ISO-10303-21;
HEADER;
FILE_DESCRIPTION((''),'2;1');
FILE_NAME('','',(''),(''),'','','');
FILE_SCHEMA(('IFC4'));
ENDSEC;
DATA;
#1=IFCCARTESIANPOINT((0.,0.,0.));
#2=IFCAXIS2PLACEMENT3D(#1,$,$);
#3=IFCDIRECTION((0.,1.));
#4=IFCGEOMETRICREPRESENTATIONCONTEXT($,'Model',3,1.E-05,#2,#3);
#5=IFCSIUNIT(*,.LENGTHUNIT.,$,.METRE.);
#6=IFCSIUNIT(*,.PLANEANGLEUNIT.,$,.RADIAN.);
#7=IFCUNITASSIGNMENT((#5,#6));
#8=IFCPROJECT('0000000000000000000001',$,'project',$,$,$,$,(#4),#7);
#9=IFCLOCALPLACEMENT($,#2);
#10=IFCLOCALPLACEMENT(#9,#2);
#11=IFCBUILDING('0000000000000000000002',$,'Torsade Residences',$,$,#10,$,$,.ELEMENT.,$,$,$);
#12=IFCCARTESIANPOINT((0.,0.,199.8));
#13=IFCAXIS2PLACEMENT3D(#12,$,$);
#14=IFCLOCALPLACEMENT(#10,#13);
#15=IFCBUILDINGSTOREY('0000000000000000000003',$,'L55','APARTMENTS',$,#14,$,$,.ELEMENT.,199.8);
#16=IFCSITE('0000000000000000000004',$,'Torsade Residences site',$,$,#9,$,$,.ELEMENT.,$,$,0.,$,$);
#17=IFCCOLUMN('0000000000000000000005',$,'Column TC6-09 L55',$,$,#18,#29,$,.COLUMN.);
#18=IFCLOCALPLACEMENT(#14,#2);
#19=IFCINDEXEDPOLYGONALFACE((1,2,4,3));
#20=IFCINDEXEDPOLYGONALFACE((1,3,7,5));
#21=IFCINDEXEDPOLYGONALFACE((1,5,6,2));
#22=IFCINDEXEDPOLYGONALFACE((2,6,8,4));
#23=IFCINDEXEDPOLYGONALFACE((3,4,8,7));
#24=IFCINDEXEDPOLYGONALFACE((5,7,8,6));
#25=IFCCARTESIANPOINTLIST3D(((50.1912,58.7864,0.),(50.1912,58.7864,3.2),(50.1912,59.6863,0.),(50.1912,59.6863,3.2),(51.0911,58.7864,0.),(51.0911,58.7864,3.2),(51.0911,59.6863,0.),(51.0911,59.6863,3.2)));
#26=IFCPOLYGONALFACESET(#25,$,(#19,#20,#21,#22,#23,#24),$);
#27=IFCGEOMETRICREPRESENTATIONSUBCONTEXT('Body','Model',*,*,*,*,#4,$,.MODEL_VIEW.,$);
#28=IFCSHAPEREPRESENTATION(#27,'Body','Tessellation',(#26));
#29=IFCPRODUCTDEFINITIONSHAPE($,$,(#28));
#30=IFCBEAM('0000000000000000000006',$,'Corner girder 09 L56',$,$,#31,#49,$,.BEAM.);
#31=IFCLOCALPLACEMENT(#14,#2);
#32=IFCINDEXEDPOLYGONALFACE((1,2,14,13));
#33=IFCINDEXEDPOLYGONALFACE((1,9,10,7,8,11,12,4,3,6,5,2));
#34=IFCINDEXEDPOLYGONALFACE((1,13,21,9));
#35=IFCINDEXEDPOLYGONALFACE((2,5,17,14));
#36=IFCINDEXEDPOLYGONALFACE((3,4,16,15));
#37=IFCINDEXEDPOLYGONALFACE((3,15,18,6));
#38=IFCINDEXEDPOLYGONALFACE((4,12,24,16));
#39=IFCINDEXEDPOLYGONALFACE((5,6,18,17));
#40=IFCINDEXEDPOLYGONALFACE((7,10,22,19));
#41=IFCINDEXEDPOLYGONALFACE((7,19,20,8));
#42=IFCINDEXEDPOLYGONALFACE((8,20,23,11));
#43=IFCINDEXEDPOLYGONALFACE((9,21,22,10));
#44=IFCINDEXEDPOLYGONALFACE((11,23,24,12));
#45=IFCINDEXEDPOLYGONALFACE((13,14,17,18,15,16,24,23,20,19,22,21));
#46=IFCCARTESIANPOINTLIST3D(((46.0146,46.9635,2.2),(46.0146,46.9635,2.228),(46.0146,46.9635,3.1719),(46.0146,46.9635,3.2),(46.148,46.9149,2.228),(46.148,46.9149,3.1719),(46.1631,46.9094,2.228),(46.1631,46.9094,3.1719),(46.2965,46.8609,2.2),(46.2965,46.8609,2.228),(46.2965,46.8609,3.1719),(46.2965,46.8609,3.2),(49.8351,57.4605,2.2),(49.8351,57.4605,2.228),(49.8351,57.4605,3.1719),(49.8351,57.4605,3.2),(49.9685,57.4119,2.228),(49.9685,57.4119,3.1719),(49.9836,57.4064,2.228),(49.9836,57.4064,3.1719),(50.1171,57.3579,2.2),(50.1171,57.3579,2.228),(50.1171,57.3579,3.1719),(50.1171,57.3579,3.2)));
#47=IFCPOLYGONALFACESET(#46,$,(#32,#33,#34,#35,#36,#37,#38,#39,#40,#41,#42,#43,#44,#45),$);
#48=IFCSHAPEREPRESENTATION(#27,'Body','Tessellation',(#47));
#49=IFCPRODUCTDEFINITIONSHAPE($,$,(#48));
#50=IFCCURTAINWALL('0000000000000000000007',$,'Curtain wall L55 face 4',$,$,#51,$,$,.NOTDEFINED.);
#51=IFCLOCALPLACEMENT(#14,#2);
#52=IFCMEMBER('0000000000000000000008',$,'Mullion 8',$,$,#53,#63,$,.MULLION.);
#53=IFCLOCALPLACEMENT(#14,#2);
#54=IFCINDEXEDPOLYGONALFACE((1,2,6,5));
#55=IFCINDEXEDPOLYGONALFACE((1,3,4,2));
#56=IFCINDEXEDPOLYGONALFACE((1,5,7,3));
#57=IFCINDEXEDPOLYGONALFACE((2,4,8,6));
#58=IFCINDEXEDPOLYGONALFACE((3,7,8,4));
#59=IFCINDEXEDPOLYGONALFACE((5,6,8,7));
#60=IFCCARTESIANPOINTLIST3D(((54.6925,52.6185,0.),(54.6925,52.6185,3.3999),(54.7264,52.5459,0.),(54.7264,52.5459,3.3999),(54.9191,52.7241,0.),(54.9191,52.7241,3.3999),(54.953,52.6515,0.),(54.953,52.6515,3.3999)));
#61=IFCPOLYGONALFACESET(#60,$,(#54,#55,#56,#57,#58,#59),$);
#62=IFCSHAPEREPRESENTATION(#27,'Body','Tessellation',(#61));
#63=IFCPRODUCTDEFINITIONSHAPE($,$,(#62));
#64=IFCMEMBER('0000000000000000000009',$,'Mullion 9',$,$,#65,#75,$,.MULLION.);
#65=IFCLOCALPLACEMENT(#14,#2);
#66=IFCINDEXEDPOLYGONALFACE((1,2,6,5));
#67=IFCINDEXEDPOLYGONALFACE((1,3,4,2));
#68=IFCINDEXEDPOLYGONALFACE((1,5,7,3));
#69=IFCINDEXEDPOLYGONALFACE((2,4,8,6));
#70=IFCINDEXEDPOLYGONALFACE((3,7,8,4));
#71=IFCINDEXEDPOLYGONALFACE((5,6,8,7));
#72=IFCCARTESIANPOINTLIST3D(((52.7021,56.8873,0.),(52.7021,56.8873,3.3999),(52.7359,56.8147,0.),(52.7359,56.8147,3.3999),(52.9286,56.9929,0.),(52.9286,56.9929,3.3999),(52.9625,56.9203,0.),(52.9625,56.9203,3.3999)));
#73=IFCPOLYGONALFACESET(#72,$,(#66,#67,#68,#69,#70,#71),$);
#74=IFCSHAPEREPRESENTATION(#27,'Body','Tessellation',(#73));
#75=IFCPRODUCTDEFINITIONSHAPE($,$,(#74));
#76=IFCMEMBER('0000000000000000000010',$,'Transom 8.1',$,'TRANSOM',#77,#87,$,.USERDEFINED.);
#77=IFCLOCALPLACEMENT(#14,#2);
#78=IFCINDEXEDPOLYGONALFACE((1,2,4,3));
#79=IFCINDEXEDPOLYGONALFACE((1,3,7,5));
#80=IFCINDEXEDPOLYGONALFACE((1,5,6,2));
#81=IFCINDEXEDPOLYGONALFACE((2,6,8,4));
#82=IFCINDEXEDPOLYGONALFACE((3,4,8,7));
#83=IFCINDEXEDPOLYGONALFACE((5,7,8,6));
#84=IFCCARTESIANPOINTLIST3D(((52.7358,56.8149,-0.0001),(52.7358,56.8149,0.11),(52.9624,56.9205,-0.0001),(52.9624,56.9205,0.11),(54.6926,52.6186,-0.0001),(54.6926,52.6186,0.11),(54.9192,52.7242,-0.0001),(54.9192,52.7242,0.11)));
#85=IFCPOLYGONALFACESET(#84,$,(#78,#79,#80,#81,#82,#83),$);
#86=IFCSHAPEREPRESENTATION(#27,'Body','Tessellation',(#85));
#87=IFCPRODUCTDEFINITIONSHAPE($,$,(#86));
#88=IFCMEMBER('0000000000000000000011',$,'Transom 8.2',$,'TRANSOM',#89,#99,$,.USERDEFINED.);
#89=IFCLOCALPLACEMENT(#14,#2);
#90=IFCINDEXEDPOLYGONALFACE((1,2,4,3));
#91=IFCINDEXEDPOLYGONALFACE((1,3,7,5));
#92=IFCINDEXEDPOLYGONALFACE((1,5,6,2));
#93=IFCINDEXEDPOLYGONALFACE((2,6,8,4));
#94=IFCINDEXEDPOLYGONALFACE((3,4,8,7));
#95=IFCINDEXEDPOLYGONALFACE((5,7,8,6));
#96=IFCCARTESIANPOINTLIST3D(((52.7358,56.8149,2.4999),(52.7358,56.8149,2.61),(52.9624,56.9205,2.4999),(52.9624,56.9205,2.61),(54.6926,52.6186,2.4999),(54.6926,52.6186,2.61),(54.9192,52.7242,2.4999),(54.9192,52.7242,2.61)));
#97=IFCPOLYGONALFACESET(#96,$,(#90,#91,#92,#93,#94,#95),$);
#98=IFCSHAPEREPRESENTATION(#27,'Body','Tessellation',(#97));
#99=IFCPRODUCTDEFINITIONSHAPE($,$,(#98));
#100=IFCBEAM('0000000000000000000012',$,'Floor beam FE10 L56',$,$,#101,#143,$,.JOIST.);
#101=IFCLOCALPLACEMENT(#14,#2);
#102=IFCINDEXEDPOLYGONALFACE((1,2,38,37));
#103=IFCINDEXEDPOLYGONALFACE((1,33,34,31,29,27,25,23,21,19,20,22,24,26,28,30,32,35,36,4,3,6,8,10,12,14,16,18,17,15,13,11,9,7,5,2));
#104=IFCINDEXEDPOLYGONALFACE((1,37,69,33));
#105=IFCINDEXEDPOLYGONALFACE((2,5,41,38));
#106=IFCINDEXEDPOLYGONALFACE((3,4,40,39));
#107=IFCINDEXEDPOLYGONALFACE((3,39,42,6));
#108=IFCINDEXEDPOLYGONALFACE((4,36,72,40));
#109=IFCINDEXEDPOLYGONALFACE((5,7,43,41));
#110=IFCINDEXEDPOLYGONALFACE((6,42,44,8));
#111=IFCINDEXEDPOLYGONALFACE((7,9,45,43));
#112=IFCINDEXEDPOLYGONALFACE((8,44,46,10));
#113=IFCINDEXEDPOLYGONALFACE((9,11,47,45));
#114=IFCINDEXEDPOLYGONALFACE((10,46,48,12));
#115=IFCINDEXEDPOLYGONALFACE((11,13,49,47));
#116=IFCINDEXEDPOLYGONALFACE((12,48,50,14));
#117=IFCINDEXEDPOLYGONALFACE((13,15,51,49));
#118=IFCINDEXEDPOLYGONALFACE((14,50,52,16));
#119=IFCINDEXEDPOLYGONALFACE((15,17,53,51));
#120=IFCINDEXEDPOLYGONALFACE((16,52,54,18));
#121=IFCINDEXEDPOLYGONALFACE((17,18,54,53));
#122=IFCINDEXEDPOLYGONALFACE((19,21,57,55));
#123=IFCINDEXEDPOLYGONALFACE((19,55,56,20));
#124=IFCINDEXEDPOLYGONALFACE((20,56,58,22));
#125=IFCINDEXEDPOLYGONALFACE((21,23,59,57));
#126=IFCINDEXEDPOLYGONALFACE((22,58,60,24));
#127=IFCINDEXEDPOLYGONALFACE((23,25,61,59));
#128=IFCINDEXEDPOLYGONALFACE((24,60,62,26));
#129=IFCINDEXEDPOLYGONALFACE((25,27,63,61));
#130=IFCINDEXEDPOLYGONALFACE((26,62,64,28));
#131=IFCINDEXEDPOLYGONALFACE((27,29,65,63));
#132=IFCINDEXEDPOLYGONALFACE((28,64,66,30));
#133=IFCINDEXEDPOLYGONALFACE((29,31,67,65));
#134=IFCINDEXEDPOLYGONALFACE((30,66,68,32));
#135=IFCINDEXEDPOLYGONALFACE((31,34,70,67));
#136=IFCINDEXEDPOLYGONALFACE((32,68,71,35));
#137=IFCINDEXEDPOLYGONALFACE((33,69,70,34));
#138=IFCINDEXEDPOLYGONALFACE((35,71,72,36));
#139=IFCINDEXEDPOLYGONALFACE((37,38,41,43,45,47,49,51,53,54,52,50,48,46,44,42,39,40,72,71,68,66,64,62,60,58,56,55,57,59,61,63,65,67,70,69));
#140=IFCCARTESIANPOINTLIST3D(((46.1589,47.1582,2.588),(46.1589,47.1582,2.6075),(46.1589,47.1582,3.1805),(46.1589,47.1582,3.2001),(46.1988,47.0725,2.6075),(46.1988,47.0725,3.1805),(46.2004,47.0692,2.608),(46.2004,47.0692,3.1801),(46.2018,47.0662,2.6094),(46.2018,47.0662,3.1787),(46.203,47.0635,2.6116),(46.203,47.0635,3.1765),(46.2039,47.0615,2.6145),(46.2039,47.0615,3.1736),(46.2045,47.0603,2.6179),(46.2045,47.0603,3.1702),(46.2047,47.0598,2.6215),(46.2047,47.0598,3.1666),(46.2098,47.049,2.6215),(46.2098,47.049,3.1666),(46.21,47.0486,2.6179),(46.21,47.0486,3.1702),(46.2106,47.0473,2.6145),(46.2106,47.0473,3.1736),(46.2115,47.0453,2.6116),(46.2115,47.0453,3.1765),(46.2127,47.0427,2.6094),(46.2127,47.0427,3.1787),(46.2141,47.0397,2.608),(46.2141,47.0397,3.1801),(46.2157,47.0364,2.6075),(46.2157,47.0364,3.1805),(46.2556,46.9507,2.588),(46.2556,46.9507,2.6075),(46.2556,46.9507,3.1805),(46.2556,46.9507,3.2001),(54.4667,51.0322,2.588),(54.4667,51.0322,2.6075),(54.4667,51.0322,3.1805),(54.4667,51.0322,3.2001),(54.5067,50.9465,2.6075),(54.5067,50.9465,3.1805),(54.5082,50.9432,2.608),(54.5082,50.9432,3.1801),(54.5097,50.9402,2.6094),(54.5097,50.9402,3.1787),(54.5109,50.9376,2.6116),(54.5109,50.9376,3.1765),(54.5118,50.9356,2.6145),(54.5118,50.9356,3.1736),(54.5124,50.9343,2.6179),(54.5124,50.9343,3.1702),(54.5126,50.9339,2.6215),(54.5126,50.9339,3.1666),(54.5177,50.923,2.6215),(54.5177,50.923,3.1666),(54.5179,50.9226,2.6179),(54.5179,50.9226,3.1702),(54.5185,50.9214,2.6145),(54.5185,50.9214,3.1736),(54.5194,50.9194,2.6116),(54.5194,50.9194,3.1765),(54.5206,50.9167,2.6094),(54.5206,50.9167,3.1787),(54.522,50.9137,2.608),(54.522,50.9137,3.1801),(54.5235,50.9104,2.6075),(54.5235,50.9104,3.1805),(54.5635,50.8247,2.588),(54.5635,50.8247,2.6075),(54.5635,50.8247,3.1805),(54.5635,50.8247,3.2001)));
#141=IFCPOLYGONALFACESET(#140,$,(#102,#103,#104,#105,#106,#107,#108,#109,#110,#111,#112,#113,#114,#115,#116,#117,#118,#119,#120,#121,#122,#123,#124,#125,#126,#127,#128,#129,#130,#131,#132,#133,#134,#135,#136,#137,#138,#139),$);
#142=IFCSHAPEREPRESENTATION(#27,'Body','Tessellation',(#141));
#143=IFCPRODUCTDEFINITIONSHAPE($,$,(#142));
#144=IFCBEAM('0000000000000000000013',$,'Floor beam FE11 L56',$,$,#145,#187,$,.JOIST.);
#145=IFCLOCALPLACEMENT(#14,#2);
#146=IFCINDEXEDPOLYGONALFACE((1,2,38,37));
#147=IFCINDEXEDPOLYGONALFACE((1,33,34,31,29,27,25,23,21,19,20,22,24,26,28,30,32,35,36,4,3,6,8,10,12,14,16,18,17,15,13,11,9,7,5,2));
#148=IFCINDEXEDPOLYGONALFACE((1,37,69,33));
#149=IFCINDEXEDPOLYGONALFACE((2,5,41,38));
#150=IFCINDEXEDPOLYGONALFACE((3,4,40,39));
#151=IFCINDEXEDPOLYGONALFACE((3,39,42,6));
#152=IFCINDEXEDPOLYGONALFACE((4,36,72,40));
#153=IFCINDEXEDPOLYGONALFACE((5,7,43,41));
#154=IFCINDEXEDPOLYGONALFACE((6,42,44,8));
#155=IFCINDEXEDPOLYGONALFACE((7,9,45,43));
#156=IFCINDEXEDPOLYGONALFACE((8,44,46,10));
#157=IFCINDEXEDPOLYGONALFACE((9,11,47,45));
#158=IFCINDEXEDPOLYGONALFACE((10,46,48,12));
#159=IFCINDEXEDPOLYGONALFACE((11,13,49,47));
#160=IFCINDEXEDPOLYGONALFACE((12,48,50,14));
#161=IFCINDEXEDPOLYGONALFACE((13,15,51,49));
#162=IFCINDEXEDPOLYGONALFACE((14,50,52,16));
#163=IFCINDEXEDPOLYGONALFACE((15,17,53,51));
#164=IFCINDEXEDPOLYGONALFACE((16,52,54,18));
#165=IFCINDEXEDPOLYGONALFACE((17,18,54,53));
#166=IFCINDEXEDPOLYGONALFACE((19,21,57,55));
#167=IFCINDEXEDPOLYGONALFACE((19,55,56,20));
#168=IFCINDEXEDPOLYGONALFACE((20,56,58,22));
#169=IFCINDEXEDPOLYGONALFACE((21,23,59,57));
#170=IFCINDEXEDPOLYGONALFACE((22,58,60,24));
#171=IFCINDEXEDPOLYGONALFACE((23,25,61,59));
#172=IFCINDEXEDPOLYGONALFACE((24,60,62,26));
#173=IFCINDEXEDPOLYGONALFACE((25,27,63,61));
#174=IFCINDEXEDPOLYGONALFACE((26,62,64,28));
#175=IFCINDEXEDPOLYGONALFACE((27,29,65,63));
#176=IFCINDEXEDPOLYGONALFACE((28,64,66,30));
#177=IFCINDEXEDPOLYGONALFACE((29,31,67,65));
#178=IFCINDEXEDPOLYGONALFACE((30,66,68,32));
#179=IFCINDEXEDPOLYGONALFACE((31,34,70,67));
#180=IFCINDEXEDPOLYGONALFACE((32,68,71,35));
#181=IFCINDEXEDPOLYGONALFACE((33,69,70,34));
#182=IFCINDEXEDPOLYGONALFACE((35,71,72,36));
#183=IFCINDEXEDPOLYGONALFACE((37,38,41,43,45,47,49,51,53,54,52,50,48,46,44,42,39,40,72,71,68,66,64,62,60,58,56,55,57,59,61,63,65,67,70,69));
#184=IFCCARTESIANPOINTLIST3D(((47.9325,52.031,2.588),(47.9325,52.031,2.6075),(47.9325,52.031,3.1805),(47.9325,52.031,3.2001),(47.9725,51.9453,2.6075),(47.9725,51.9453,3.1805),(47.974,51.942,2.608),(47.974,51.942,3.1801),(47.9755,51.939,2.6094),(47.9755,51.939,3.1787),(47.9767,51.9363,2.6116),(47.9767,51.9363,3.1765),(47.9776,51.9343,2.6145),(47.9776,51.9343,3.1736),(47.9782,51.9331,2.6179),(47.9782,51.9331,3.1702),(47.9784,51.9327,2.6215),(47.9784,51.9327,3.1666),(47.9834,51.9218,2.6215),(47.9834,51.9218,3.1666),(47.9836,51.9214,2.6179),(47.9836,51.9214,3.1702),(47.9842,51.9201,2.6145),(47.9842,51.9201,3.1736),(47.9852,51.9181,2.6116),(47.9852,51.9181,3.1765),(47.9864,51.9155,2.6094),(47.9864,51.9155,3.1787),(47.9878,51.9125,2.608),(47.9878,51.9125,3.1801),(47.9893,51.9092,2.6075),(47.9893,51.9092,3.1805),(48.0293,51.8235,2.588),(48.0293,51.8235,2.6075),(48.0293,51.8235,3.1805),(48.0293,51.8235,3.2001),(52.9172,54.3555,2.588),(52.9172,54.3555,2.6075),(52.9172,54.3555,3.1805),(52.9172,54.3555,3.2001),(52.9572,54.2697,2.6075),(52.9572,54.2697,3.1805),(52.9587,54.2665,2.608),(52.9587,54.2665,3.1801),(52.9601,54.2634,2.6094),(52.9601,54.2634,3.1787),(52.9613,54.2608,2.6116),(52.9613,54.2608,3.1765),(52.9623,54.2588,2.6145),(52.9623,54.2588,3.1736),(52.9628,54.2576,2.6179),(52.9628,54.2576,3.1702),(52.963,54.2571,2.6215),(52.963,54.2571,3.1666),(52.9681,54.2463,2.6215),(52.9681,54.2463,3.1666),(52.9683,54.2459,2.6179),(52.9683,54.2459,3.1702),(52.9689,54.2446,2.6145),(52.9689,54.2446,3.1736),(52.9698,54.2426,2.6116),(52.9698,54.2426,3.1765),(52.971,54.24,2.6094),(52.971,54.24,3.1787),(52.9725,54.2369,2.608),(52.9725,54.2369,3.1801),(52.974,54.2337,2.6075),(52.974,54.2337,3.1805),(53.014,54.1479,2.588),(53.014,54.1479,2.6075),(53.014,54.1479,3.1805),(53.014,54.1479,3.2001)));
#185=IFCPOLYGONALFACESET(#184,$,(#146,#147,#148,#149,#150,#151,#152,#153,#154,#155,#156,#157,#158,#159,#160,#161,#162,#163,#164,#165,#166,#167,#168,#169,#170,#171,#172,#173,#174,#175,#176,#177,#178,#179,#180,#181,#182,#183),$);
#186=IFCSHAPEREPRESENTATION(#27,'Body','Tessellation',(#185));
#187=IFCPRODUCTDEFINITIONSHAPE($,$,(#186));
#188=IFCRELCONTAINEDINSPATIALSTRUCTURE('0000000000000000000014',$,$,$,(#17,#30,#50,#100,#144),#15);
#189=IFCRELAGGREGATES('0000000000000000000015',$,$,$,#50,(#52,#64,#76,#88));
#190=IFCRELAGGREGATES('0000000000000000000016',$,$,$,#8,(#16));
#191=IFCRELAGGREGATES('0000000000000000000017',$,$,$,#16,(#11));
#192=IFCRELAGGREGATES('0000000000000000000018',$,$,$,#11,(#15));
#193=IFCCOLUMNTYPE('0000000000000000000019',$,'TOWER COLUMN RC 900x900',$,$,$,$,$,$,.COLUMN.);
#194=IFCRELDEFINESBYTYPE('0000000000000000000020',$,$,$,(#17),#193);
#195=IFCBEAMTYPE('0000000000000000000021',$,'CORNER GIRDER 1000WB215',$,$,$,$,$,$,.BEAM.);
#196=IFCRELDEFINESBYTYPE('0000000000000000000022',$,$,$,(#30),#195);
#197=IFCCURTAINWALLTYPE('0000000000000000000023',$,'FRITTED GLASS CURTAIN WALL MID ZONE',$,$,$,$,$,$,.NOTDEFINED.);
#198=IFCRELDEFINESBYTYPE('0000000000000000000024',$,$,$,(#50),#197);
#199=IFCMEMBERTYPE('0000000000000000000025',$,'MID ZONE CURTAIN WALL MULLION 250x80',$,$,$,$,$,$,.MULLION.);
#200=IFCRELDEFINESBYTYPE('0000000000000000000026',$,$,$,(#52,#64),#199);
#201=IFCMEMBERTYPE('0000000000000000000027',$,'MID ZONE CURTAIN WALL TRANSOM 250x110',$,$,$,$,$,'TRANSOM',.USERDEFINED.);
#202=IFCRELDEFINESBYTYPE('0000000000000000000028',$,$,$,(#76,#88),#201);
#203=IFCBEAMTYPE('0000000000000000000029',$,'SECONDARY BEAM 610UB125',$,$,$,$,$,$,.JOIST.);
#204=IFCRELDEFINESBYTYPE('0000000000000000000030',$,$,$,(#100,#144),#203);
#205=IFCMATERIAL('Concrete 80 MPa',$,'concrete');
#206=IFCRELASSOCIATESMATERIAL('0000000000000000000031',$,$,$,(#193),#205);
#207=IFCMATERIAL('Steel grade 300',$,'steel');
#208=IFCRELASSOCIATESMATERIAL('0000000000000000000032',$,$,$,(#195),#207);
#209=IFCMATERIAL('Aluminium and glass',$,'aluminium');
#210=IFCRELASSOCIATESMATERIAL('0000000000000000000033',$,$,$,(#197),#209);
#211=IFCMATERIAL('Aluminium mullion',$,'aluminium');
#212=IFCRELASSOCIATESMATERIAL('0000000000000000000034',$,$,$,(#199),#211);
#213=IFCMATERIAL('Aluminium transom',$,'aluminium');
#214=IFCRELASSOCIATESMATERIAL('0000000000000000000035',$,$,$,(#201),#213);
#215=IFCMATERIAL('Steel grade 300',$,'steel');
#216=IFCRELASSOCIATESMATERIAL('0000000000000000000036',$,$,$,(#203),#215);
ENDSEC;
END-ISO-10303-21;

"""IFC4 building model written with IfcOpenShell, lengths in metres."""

from ifc_helpers import new_model, si_unit, direction, frame, origin, origin_2d, place, context, subcontext, project, spatial, rectangle, i_section, extrude, material, material_profile, profile_set, type_object, element, aggregate, save


model = new_model("IFC4")

# Units and contexts
model_context = context("Model", 3, precision=1e-05, world=origin(), true_north=direction((0.0, 1.0)))
body_context = subcontext(model_context, "Body", "Model", "MODEL_VIEW")
ifc_project = project(units=[si_unit("LENGTHUNIT", "METRE"), si_unit("PLANEANGLEUNIT", "RADIAN")], contexts=[model_context])

# Site, building, storey
site_placement = place(None, origin())
site = spatial("IfcSite", under=ifc_project, at=site_placement, Name="Torsade Residences site", CompositionType="ELEMENT", RefElevation=0.0)
building_placement = place(site_placement, origin())
building = spatial("IfcBuilding", under=site, at=building_placement, Name="Torsade Residences", CompositionType="ELEMENT")
storey_placement = place(building_placement, frame((0.0, 0.0, 199.8)))
storey = spatial("IfcBuildingStorey", under=building, at=storey_placement, Name="L55", Description="APARTMENTS", CompositionType="ELEMENT", Elevation=199.8)

# Column
ifc_material_1 = material(Name="Concrete 80 MPa", Category="concrete")
ifc_material_profile_1 = material_profile(ifc_material_1, rectangle(XDim=0.8999, YDim=0.8999, at=origin_2d()), Name="RC 900x900")
ifc_profile_set_1 = profile_set([ifc_material_profile_1], Name="Concrete 80 MPa")
column_type = type_object("IfcColumnType", Name="TOWER COLUMN RC 900x900", PredefinedType="COLUMN", material=ifc_profile_set_1)
column_placement = place(storey_placement, frame((50.6411, 59.2363, 0.0), z_axis=(0.0, 0.0, 1.0), x_axis=(1.0, 0.0, 0.0)))
element("IfcColumn", 1, at=column_placement, inside=storey, type_object=column_type, Name="Column TC6-09 L55", PredefinedType="COLUMN", context=body_context, shape_type="SweptSolid", body=[
    extrude(rectangle(XDim=0.8999, YDim=0.8999, at=origin_2d()), origin(), (0.0, 0.0, 1.0), 3.2),
])

# Beam
ifc_material_2 = material(Name="Steel grade 300", Category="steel")
ifc_material_profile_2 = material_profile(ifc_material_2, i_section(OverallWidth=0.3, OverallDepth=1.0, WebThickness=0.0161, FlangeThickness=0.0281, at=origin_2d()), Name="1000WB215")
ifc_profile_set_2 = profile_set([ifc_material_profile_2], Name="Steel grade 300")
beam_type_1 = type_object("IfcBeamType", Name="CORNER GIRDER 1000WB215", PredefinedType="BEAM", material=ifc_profile_set_2)
beam_1_placement = place(storey_placement, frame((49.9761, 57.4092, 2.7), z_axis=(-0.342015, -0.939694, 0.0), x_axis=(0.939694, -0.342015, 0.0)))
element("IfcBeam", 2, at=beam_1_placement, inside=storey, type_object=beam_type_1, Name="Corner girder 09 L56", PredefinedType="BEAM", context=body_context, shape_type="SweptSolid", body=[
    extrude(i_section(OverallWidth=0.3, OverallDepth=1.0, WebThickness=0.0161, FlangeThickness=0.0281, at=origin_2d()), origin(), (0.0, 0.0, 1.0), 11.1707),
])

# Curtain wall, members
ifc_material_3 = material(Name="Aluminium and glass", Category="aluminium")
curtain_wall_type = type_object("IfcCurtainWallType", Name="FRITTED GLASS CURTAIN WALL MID ZONE", PredefinedType="NOTDEFINED", material=ifc_material_3)
curtain_wall_placement = place(storey_placement, origin())
curtain_wall = element("IfcCurtainWall", 3, at=curtain_wall_placement, inside=storey, type_object=curtain_wall_type, Name="Curtain wall L55 face 4", PredefinedType="NOTDEFINED")
ifc_material_4 = material(Name="Aluminium mullion", Category="aluminium")
ifc_material_profile_3 = material_profile(ifc_material_4, rectangle(XDim=0.25, YDim=0.0801, at=origin_2d()), Name="MID ZONE CURTAIN WALL MULLION 250x80")
ifc_profile_set_3 = profile_set([ifc_material_profile_3], Name="Aluminium mullion")
member_type_1 = type_object("IfcMemberType", Name="MID ZONE CURTAIN WALL MULLION 250x80", PredefinedType="MULLION", material=ifc_profile_set_3)
member_1_placement = place(storey_placement, frame((54.8228, 52.635, 0.0), z_axis=(0.0, 0.0, 1.0), x_axis=(-0.906308, -0.422618, 0.0)))
member_1 = element("IfcMember", 4, at=member_1_placement, type_object=member_type_1, Name="Mullion 8", PredefinedType="MULLION", context=body_context, shape_type="SweptSolid", body=[
    extrude(rectangle(XDim=0.25, YDim=0.0801, at=origin_2d()), origin(), (0.0, 0.0, 1.0), 3.3999),
])
member_2_placement = place(storey_placement, frame((52.8323, 56.9038, 0.0), z_axis=(0.0, 0.0, 1.0), x_axis=(-0.906308, -0.422618, 0.0)))
member_2 = element("IfcMember", 5, at=member_2_placement, type_object=member_type_1, Name="Mullion 9", PredefinedType="MULLION", context=body_context, shape_type="SweptSolid", body=[
    extrude(rectangle(XDim=0.25, YDim=0.0801, at=origin_2d()), origin(), (0.0, 0.0, 1.0), 3.3999),
])
ifc_material_5 = material(Name="Aluminium transom", Category="aluminium")
ifc_material_profile_4 = material_profile(ifc_material_5, rectangle(XDim=0.25, YDim=0.1101, at=origin_2d()), Name="MID ZONE CURTAIN WALL TRANSOM 250x110")
ifc_profile_set_4 = profile_set([ifc_material_profile_4], Name="Aluminium transom")
member_type_2 = type_object("IfcMemberType", Name="MID ZONE CURTAIN WALL TRANSOM 250x110", ElementType="TRANSOM", PredefinedType="USERDEFINED", material=ifc_profile_set_4)
member_3_placement = place(storey_placement, frame((54.8059, 52.6714, 0.0549), z_axis=(-0.422623, 0.906306, 0.0), x_axis=(-0.906306, -0.422623, 0.0)))
member_3 = element("IfcMember", 6, at=member_3_placement, type_object=member_type_2, Name="Transom 8.1", ObjectType="TRANSOM", PredefinedType="USERDEFINED", context=body_context, shape_type="SweptSolid", body=[
    extrude(rectangle(XDim=0.25, YDim=0.1101, at=origin_2d()), origin(), (0.0, 0.0, 1.0), 4.6301),
])
member_4_placement = place(storey_placement, frame((54.8059, 52.6714, 2.5549), z_axis=(-0.422623, 0.906306, 0.0), x_axis=(-0.906306, -0.422623, 0.0)))
member_4 = element("IfcMember", 7, at=member_4_placement, type_object=member_type_2, Name="Transom 8.2", ObjectType="TRANSOM", PredefinedType="USERDEFINED", context=body_context, shape_type="SweptSolid", body=[
    extrude(rectangle(XDim=0.25, YDim=0.1101, at=origin_2d()), origin(), (0.0, 0.0, 1.0), 4.6301),
])

# Beams
ifc_material_6 = material(Name="Steel grade 300", Category="steel")
ifc_material_profile_5 = material_profile(ifc_material_6, i_section(OverallWidth=0.229, OverallDepth=0.6121, WebThickness=0.012, FlangeThickness=0.0195, FilletRadius=0.0139, at=origin_2d()), Name="610UB125")
ifc_profile_set_5 = profile_set([ifc_material_profile_5], Name="Steel grade 300")
beam_type_2 = type_object("IfcBeamType", Name="SECONDARY BEAM 610UB125", PredefinedType="JOIST", material=ifc_profile_set_5)
beam_2_placement = place(storey_placement, frame((54.5151, 50.9285, 2.894), z_axis=(-0.906308, -0.422619, 0.0), x_axis=(0.422619, -0.906308, 0.0)))
element("IfcBeam", 8, at=beam_2_placement, inside=storey, type_object=beam_type_2, Name="Floor beam FE10 L56", PredefinedType="JOIST", context=body_context, shape_type="SweptSolid", body=[
    extrude(i_section(OverallWidth=0.229, OverallDepth=0.6121, WebThickness=0.012, FlangeThickness=0.0195, FilletRadius=0.0139, at=origin_2d()), origin(), (0.0, 0.0, 1.0), 9.1667),
])
beam_3_placement = place(storey_placement, frame((52.9656, 54.2517, 2.894), z_axis=(-0.906301, -0.422633, 0.0), x_axis=(0.422633, -0.906301, 0.0)))
element("IfcBeam", 9, at=beam_3_placement, inside=storey, type_object=beam_type_2, Name="Floor beam FE11 L56", PredefinedType="JOIST", context=body_context, shape_type="SweptSolid", body=[
    extrude(i_section(OverallWidth=0.229, OverallDepth=0.6121, WebThickness=0.012, FlangeThickness=0.0195, FilletRadius=0.0139, at=origin_2d()), origin(), (0.0, 0.0, 1.0), 5.5),
])

aggregate(curtain_wall, [member_1, member_2, member_3, member_4])

save(model, "model.ifc")
